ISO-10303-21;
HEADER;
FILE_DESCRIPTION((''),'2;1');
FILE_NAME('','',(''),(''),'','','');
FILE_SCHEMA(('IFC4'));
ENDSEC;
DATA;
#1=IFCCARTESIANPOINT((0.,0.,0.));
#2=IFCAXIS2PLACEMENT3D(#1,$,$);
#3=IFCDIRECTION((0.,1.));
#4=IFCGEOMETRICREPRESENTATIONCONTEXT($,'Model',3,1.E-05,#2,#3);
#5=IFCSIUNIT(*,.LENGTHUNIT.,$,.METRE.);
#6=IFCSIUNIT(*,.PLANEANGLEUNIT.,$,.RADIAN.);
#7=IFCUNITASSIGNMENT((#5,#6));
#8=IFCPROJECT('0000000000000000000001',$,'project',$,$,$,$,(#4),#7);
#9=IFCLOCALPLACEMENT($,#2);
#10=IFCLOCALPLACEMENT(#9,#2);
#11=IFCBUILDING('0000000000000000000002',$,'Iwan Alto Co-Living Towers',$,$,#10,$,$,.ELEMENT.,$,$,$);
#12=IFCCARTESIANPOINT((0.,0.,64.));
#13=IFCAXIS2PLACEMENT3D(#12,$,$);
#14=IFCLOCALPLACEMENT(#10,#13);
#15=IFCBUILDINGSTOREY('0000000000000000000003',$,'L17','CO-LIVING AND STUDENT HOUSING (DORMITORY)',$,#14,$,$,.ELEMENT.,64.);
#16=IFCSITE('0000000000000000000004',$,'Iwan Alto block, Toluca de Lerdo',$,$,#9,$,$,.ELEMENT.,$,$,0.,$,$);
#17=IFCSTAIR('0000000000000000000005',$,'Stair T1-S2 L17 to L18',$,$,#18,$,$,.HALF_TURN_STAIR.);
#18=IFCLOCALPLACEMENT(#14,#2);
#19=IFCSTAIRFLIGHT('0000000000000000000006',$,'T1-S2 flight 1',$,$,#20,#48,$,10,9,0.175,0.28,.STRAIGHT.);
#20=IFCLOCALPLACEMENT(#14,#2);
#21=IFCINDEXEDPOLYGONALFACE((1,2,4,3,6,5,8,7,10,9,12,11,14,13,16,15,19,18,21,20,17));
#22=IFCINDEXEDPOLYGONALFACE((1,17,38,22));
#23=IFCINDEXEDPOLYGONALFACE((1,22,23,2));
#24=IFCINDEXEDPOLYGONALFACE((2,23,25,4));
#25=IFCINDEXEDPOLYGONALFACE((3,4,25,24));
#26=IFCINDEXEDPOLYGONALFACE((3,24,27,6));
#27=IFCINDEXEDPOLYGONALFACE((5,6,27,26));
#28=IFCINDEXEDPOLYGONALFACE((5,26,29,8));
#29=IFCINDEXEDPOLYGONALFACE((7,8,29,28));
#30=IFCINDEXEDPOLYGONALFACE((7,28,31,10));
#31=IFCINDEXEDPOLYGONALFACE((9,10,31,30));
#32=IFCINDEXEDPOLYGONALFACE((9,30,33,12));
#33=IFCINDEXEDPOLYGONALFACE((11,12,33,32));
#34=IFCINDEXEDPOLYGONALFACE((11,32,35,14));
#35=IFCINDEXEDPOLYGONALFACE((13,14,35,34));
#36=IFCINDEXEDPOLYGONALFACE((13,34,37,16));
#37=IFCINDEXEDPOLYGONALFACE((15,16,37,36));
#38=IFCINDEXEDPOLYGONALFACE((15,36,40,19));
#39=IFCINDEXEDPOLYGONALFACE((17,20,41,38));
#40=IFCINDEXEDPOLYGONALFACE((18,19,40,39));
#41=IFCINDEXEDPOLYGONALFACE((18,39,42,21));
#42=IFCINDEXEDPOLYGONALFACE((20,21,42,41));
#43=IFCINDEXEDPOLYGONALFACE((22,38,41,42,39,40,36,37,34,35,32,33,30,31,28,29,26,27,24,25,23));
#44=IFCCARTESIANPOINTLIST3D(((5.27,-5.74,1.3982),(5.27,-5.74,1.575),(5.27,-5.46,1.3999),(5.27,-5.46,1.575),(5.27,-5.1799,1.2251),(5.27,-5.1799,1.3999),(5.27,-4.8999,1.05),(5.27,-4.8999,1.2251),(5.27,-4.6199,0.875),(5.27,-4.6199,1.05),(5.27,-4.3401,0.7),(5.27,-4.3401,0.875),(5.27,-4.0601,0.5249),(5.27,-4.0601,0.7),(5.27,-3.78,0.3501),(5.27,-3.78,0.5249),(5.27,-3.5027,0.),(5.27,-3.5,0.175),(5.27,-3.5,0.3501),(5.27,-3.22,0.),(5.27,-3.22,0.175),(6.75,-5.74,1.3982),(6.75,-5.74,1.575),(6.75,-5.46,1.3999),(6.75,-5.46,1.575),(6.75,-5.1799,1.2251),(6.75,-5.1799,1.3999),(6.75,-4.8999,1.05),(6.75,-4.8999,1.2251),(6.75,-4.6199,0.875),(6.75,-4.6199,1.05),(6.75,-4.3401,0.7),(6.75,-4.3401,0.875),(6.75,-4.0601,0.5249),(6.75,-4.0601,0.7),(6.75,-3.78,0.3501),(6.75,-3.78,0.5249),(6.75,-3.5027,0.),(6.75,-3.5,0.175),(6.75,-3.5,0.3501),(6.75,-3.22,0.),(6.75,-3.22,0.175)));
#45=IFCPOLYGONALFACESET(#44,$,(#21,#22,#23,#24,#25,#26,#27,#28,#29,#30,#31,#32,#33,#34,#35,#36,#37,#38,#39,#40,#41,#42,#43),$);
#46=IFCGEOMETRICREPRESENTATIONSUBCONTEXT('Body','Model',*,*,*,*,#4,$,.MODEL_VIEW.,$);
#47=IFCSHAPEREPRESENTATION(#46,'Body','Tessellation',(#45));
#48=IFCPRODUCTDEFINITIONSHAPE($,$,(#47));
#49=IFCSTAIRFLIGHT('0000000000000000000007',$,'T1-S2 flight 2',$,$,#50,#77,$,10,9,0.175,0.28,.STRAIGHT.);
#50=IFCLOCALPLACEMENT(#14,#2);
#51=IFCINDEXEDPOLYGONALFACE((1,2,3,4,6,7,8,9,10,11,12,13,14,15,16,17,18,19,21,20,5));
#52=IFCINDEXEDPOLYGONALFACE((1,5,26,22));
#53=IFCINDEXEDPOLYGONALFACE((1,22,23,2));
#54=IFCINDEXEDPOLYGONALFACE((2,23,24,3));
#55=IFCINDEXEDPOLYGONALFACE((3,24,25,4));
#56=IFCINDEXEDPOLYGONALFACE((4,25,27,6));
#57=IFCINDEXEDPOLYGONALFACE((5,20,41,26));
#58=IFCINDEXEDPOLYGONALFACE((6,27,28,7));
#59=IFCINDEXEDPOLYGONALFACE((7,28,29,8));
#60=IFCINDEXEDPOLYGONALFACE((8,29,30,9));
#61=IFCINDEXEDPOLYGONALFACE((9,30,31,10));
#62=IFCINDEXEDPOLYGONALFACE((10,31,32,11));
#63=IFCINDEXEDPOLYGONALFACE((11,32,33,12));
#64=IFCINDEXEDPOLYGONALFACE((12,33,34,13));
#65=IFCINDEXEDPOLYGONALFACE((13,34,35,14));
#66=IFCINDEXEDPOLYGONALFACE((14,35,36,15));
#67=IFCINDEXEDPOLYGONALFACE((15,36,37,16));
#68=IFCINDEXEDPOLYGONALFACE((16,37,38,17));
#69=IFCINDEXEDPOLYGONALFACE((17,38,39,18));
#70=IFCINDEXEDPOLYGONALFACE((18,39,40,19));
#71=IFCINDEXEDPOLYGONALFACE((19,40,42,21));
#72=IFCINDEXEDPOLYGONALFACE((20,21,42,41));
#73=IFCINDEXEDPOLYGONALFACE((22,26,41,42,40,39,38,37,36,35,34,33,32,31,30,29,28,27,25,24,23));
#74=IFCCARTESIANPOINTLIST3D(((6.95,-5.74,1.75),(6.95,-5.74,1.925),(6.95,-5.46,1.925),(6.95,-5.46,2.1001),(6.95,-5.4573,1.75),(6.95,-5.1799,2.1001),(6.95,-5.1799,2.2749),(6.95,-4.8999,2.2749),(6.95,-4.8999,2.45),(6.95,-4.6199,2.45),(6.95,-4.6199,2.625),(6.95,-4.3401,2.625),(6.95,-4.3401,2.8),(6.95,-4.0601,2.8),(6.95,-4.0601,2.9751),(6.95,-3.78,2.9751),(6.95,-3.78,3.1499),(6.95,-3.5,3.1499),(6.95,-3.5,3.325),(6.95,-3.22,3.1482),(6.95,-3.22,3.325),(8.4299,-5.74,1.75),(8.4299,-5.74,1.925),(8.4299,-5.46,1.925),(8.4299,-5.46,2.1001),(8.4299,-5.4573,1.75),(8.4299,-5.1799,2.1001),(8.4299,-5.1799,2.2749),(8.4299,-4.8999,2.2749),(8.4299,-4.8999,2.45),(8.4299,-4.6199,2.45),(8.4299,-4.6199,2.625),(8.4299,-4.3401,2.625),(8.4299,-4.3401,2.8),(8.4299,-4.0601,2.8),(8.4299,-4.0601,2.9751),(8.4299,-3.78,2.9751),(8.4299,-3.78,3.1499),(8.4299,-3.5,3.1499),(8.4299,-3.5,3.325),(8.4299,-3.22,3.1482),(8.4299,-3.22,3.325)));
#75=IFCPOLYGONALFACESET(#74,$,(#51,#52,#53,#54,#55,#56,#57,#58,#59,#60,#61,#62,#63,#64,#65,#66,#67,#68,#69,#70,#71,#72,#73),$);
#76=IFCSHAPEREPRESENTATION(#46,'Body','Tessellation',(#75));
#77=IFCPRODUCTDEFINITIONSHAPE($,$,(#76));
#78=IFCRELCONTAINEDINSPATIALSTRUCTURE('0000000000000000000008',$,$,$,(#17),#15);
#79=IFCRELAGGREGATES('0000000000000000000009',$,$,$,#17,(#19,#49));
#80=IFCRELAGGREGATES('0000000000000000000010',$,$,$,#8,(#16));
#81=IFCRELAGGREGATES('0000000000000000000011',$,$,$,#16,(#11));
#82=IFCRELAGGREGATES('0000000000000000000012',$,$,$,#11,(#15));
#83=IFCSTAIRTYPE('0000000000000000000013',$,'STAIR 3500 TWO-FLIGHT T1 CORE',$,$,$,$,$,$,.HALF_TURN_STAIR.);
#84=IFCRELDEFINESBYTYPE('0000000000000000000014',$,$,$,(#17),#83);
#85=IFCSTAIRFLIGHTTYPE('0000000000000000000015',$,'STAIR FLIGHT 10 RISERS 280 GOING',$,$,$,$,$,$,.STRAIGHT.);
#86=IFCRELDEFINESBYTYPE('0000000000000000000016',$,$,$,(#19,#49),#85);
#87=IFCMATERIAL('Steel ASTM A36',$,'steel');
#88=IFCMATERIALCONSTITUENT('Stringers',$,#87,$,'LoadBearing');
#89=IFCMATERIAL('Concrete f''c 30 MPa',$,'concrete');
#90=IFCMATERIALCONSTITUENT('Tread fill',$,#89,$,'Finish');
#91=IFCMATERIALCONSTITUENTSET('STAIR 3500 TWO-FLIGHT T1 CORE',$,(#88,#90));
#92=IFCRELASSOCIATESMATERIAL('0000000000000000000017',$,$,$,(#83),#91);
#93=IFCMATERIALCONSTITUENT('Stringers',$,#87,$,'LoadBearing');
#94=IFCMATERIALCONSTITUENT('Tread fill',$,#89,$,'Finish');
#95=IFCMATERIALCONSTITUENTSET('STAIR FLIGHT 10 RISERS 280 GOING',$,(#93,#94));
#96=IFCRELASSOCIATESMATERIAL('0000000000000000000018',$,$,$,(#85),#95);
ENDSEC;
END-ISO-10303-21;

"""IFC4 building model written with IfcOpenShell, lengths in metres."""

from ifc_helpers import new_model, si_unit, direction, frame, origin, place, context, subcontext, project, spatial, polyline, outline, extrude, material, constituent, constituent_set, type_object, element, aggregate, save


model = new_model("IFC4")

# Units and contexts
model_context = context("Model", 3, precision=1e-05, world=origin(), true_north=direction((0.0, 1.0)))
body_context = subcontext(model_context, "Body", "Model", "MODEL_VIEW")
ifc_project = project(units=[si_unit("LENGTHUNIT", "METRE"), si_unit("PLANEANGLEUNIT", "RADIAN")], contexts=[model_context])

# Site, building, storey
site_placement = place(None, origin())
site = spatial("IfcSite", under=ifc_project, at=site_placement, Name="Iwan Alto block, Toluca de Lerdo", CompositionType="ELEMENT", RefElevation=0.0)
building_placement = place(site_placement, origin())
building = spatial("IfcBuilding", under=site, at=building_placement, Name="Iwan Alto Co-Living Towers", CompositionType="ELEMENT")
storey_placement = place(building_placement, frame((0.0, 0.0, 64.0)))
storey = spatial("IfcBuildingStorey", under=building, at=storey_placement, Name="L17", Description="CO-LIVING AND STUDENT HOUSING (DORMITORY)", CompositionType="ELEMENT", Elevation=64.0)

# Stair, stair flights
ifc_material_1 = material(Name="Steel ASTM A36", Category="steel")
ifc_constituent_1 = constituent(ifc_material_1, Name="Stringers", Category="LoadBearing")
ifc_material_2 = material(Name="Concrete f'c 30 MPa", Category="concrete")
ifc_constituent_2 = constituent(ifc_material_2, Name="Tread fill", Category="Finish")
ifc_constituent_set_1 = constituent_set(constituents=[ifc_constituent_1, ifc_constituent_2], Name="STAIR 3500 TWO-FLIGHT T1 CORE")
stair_type = type_object("IfcStairType", Name="STAIR 3500 TWO-FLIGHT T1 CORE", PredefinedType="HALF_TURN_STAIR", material=ifc_constituent_set_1)
stair_placement = place(storey_placement, origin())
stair = element("IfcStair", 1, at=stair_placement, inside=storey, type_object=stair_type, Name="Stair T1-S2 L17 to L18", PredefinedType="HALF_TURN_STAIR")
ifc_constituent_3 = constituent(ifc_material_1, Name="Stringers", Category="LoadBearing")
ifc_constituent_4 = constituent(ifc_material_2, Name="Tread fill", Category="Finish")
ifc_constituent_set_2 = constituent_set(constituents=[ifc_constituent_3, ifc_constituent_4], Name="STAIR FLIGHT 10 RISERS 280 GOING")
stair_flight_type = type_object("IfcStairFlightType", Name="STAIR FLIGHT 10 RISERS 280 GOING", PredefinedType="STRAIGHT", material=ifc_constituent_set_2)
stair_flight_1_placement = place(storey_placement, frame((6.01, -3.22, 0.0), z_axis=(0.0, 0.0, 1.0), x_axis=(0.0, -1.0, 0.0)))
stair_flight_1 = element("IfcStairFlight", 2, at=stair_flight_1_placement, type_object=stair_flight_type, Name="T1-S2 flight 1", NumberOfRisers=10, NumberOfTreads=9, PredefinedType="STRAIGHT", RiserHeight=0.175, TreadLength=0.28, context=body_context, shape_type="SweptSolid", body=[
    extrude(outline(polyline([(0.0, 0.0), (0.0, 0.175), (0.28, 0.175), (0.28, 0.3501), (0.5601, 0.3501), (0.5601, 0.5249), (0.8401, 0.5249), (0.8401, 0.7), (1.1201, 0.7), (1.1201, 0.875), (1.3999, 0.875), (1.3999, 1.05), (1.6799, 1.05), (1.6799, 1.2251), (1.96, 1.2251), (1.96, 1.3999), (2.24, 1.3999), (2.24, 1.575), (2.52, 1.575), (2.52, 1.75), (2.52, 1.3982), (0.2827, 0.0), (0.0, 0.0)])), frame((0.0, 0.74, 0.0), z_axis=(0.0, -1.0, 0.0), x_axis=(1.0, 0.0, 0.0)), (0.0, 0.0, 1.0), 1.48),
])
stair_flight_2_placement = place(storey_placement, frame((7.6899, -5.74, 1.75), z_axis=(0.0, 0.0, 1.0), x_axis=(0.0, 1.0, 0.0)))
stair_flight_2 = element("IfcStairFlight", 3, at=stair_flight_2_placement, type_object=stair_flight_type, Name="T1-S2 flight 2", NumberOfRisers=10, NumberOfTreads=9, PredefinedType="STRAIGHT", RiserHeight=0.175, TreadLength=0.28, context=body_context, shape_type="SweptSolid", body=[
    extrude(outline(polyline([(0.0, 0.0), (0.0, 0.175), (0.28, 0.175), (0.28, 0.3501), (0.5601, 0.3501), (0.5601, 0.5249), (0.8401, 0.5249), (0.8401, 0.7), (1.1201, 0.7), (1.1201, 0.875), (1.3999, 0.875), (1.3999, 1.05), (1.6799, 1.05), (1.6799, 1.2251), (1.96, 1.2251), (1.96, 1.3999), (2.24, 1.3999), (2.24, 1.575), (2.52, 1.575), (2.52, 1.75), (2.52, 1.3982), (0.2827, 0.0), (0.0, 0.0)])), frame((0.0, 0.74, 0.0), z_axis=(0.0, -1.0, 0.0), x_axis=(1.0, 0.0, 0.0)), (0.0, 0.0, 1.0), 1.48),
])
aggregate(stair, [stair_flight_1, stair_flight_2])

save(model, "model.ifc")
